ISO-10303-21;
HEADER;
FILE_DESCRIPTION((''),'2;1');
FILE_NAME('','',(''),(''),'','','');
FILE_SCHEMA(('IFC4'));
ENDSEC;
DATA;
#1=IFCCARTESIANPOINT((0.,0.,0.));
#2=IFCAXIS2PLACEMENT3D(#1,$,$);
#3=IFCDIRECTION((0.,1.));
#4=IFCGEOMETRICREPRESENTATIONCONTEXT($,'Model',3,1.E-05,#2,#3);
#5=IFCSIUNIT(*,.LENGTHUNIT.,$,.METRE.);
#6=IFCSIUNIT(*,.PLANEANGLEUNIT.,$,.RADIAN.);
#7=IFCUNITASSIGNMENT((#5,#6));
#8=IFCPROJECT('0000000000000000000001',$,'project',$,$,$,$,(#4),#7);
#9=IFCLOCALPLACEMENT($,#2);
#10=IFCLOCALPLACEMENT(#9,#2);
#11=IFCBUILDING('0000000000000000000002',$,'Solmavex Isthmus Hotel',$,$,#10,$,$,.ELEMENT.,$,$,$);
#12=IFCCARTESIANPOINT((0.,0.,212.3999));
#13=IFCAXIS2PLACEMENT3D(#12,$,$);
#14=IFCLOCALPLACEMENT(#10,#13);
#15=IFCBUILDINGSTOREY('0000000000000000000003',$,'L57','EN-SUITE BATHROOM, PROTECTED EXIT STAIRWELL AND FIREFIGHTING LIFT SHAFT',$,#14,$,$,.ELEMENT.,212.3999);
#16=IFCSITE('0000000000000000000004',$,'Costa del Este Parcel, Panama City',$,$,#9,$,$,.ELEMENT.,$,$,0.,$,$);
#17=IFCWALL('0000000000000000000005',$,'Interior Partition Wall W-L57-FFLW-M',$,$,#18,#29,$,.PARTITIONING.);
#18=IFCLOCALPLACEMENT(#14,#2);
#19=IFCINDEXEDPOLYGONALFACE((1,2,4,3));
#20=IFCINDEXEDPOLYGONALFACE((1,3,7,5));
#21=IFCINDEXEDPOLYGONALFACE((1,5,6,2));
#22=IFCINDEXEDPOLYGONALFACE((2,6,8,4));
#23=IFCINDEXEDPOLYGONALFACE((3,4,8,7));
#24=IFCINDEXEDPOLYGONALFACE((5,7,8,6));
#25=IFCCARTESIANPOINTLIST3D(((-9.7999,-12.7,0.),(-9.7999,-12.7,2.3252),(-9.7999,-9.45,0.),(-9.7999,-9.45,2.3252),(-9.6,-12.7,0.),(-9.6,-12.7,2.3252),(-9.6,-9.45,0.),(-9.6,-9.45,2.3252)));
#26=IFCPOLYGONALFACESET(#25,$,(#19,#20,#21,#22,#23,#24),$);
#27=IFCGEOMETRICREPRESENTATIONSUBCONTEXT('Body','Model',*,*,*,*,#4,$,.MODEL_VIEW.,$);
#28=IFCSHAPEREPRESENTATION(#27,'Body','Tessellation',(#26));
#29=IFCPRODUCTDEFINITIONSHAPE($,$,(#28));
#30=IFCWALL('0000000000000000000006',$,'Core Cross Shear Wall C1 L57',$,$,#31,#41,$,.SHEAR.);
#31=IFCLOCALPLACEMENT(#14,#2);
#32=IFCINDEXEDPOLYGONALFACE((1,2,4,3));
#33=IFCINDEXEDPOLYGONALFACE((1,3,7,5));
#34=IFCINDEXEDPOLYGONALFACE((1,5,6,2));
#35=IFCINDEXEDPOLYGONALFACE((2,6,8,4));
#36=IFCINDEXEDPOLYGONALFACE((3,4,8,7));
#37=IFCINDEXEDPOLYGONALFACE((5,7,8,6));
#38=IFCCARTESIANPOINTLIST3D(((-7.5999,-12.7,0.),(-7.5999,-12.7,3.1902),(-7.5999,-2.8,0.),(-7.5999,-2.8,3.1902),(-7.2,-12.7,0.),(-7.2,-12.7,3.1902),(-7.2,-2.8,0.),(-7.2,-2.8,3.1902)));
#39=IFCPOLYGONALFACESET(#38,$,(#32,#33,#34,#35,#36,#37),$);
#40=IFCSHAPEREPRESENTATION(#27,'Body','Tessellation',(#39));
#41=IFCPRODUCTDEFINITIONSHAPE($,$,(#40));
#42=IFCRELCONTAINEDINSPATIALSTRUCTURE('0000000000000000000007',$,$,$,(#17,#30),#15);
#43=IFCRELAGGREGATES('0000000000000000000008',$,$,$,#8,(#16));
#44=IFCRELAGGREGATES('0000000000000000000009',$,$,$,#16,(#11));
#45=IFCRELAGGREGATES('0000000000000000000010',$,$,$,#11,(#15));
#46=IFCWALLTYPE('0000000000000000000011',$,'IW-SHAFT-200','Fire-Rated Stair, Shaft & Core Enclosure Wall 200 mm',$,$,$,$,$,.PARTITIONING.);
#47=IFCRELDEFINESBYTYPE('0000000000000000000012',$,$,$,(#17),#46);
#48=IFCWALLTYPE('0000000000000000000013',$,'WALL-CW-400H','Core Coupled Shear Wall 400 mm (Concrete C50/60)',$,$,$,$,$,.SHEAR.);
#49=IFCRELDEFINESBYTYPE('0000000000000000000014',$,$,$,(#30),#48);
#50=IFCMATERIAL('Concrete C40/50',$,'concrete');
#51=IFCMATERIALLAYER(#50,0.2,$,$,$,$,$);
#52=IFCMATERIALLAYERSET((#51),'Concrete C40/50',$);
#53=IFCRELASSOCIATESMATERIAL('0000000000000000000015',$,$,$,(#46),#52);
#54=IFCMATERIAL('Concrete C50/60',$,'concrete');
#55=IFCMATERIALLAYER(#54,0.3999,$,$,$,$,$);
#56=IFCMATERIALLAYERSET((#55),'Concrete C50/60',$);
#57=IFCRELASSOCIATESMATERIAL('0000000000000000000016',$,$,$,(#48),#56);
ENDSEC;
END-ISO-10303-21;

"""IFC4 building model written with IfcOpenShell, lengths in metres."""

from ifc_helpers import new_model, si_unit, direction, frame, frame_2d, origin, place, context, subcontext, project, spatial, rectangle, extrude, material, layer, layer_set, type_object, element, save


model = new_model("IFC4")

# Units and contexts
model_context = context("Model", 3, precision=1e-05, world=origin(), true_north=direction((0.0, 1.0)))
body_context = subcontext(model_context, "Body", "Model", "MODEL_VIEW")
ifc_project = project(units=[si_unit("LENGTHUNIT", "METRE"), si_unit("PLANEANGLEUNIT", "RADIAN")], contexts=[model_context])

# Site, building, storey
site_placement = place(None, origin())
site = spatial("IfcSite", under=ifc_project, at=site_placement, Name="Costa del Este Parcel, Panama City", CompositionType="ELEMENT", RefElevation=0.0)
building_placement = place(site_placement, origin())
building = spatial("IfcBuilding", under=site, at=building_placement, Name="Solmavex Isthmus Hotel", CompositionType="ELEMENT")
storey_placement = place(building_placement, frame((0.0, 0.0, 212.3999)))
storey = spatial("IfcBuildingStorey", under=building, at=storey_placement, Name="L57", Description="EN-SUITE BATHROOM, PROTECTED EXIT STAIRWELL AND FIREFIGHTING LIFT SHAFT", CompositionType="ELEMENT", Elevation=212.3999)

# Shared definitions
ifc_material_1 = material(Name="Concrete C50/60", Category="concrete")

# Walls
ifc_material_2 = material(Name="Concrete C40/50", Category="concrete")
ifc_layer_1 = layer(ifc_material_2, 0.2)
ifc_layer_set_1 = layer_set([ifc_layer_1], Name="Concrete C40/50")
wall_type_1 = type_object("IfcWallType", Name="IW-SHAFT-200", Description="Fire-Rated Stair, Shaft & Core Enclosure Wall 200 mm", PredefinedType="PARTITIONING", material=ifc_layer_set_1)
wall_1_placement = place(storey_placement, frame((-9.7, -12.7, 0.0), z_axis=(0.0, 0.0, 1.0), x_axis=(0.0, 1.0, 0.0)))
element("IfcWall", 1, at=wall_1_placement, inside=storey, type_object=wall_type_1, Name="Interior Partition Wall W-L57-FFLW-M", PredefinedType="PARTITIONING", context=body_context, shape_type="SweptSolid", body=[
    extrude(rectangle(XDim=3.25, YDim=0.2, at=frame_2d((1.625, 0.0))), origin(), (0.0, 0.0, 1.0), 2.3252),
])
ifc_layer_2 = layer(ifc_material_1, 0.3999)
ifc_layer_set_2 = layer_set([ifc_layer_2], Name="Concrete C50/60")
wall_type_2 = type_object("IfcWallType", Name="WALL-CW-400H", Description="Core Coupled Shear Wall 400 mm (Concrete C50/60)", PredefinedType="SHEAR", material=ifc_layer_set_2)
wall_2_placement = place(storey_placement, frame((-7.3999, -12.7, 0.0), z_axis=(0.0, 0.0, 1.0), x_axis=(0.0, 1.0, 0.0)))
element("IfcWall", 2, at=wall_2_placement, inside=storey, type_object=wall_type_2, Name="Core Cross Shear Wall C1 L57", PredefinedType="SHEAR", context=body_context, shape_type="SweptSolid", body=[
    extrude(rectangle(XDim=9.8999, YDim=0.3999, at=frame_2d((4.95, 0.0))), origin(), (0.0, 0.0, 1.0), 3.1902),
])

save(model, "model.ifc")
